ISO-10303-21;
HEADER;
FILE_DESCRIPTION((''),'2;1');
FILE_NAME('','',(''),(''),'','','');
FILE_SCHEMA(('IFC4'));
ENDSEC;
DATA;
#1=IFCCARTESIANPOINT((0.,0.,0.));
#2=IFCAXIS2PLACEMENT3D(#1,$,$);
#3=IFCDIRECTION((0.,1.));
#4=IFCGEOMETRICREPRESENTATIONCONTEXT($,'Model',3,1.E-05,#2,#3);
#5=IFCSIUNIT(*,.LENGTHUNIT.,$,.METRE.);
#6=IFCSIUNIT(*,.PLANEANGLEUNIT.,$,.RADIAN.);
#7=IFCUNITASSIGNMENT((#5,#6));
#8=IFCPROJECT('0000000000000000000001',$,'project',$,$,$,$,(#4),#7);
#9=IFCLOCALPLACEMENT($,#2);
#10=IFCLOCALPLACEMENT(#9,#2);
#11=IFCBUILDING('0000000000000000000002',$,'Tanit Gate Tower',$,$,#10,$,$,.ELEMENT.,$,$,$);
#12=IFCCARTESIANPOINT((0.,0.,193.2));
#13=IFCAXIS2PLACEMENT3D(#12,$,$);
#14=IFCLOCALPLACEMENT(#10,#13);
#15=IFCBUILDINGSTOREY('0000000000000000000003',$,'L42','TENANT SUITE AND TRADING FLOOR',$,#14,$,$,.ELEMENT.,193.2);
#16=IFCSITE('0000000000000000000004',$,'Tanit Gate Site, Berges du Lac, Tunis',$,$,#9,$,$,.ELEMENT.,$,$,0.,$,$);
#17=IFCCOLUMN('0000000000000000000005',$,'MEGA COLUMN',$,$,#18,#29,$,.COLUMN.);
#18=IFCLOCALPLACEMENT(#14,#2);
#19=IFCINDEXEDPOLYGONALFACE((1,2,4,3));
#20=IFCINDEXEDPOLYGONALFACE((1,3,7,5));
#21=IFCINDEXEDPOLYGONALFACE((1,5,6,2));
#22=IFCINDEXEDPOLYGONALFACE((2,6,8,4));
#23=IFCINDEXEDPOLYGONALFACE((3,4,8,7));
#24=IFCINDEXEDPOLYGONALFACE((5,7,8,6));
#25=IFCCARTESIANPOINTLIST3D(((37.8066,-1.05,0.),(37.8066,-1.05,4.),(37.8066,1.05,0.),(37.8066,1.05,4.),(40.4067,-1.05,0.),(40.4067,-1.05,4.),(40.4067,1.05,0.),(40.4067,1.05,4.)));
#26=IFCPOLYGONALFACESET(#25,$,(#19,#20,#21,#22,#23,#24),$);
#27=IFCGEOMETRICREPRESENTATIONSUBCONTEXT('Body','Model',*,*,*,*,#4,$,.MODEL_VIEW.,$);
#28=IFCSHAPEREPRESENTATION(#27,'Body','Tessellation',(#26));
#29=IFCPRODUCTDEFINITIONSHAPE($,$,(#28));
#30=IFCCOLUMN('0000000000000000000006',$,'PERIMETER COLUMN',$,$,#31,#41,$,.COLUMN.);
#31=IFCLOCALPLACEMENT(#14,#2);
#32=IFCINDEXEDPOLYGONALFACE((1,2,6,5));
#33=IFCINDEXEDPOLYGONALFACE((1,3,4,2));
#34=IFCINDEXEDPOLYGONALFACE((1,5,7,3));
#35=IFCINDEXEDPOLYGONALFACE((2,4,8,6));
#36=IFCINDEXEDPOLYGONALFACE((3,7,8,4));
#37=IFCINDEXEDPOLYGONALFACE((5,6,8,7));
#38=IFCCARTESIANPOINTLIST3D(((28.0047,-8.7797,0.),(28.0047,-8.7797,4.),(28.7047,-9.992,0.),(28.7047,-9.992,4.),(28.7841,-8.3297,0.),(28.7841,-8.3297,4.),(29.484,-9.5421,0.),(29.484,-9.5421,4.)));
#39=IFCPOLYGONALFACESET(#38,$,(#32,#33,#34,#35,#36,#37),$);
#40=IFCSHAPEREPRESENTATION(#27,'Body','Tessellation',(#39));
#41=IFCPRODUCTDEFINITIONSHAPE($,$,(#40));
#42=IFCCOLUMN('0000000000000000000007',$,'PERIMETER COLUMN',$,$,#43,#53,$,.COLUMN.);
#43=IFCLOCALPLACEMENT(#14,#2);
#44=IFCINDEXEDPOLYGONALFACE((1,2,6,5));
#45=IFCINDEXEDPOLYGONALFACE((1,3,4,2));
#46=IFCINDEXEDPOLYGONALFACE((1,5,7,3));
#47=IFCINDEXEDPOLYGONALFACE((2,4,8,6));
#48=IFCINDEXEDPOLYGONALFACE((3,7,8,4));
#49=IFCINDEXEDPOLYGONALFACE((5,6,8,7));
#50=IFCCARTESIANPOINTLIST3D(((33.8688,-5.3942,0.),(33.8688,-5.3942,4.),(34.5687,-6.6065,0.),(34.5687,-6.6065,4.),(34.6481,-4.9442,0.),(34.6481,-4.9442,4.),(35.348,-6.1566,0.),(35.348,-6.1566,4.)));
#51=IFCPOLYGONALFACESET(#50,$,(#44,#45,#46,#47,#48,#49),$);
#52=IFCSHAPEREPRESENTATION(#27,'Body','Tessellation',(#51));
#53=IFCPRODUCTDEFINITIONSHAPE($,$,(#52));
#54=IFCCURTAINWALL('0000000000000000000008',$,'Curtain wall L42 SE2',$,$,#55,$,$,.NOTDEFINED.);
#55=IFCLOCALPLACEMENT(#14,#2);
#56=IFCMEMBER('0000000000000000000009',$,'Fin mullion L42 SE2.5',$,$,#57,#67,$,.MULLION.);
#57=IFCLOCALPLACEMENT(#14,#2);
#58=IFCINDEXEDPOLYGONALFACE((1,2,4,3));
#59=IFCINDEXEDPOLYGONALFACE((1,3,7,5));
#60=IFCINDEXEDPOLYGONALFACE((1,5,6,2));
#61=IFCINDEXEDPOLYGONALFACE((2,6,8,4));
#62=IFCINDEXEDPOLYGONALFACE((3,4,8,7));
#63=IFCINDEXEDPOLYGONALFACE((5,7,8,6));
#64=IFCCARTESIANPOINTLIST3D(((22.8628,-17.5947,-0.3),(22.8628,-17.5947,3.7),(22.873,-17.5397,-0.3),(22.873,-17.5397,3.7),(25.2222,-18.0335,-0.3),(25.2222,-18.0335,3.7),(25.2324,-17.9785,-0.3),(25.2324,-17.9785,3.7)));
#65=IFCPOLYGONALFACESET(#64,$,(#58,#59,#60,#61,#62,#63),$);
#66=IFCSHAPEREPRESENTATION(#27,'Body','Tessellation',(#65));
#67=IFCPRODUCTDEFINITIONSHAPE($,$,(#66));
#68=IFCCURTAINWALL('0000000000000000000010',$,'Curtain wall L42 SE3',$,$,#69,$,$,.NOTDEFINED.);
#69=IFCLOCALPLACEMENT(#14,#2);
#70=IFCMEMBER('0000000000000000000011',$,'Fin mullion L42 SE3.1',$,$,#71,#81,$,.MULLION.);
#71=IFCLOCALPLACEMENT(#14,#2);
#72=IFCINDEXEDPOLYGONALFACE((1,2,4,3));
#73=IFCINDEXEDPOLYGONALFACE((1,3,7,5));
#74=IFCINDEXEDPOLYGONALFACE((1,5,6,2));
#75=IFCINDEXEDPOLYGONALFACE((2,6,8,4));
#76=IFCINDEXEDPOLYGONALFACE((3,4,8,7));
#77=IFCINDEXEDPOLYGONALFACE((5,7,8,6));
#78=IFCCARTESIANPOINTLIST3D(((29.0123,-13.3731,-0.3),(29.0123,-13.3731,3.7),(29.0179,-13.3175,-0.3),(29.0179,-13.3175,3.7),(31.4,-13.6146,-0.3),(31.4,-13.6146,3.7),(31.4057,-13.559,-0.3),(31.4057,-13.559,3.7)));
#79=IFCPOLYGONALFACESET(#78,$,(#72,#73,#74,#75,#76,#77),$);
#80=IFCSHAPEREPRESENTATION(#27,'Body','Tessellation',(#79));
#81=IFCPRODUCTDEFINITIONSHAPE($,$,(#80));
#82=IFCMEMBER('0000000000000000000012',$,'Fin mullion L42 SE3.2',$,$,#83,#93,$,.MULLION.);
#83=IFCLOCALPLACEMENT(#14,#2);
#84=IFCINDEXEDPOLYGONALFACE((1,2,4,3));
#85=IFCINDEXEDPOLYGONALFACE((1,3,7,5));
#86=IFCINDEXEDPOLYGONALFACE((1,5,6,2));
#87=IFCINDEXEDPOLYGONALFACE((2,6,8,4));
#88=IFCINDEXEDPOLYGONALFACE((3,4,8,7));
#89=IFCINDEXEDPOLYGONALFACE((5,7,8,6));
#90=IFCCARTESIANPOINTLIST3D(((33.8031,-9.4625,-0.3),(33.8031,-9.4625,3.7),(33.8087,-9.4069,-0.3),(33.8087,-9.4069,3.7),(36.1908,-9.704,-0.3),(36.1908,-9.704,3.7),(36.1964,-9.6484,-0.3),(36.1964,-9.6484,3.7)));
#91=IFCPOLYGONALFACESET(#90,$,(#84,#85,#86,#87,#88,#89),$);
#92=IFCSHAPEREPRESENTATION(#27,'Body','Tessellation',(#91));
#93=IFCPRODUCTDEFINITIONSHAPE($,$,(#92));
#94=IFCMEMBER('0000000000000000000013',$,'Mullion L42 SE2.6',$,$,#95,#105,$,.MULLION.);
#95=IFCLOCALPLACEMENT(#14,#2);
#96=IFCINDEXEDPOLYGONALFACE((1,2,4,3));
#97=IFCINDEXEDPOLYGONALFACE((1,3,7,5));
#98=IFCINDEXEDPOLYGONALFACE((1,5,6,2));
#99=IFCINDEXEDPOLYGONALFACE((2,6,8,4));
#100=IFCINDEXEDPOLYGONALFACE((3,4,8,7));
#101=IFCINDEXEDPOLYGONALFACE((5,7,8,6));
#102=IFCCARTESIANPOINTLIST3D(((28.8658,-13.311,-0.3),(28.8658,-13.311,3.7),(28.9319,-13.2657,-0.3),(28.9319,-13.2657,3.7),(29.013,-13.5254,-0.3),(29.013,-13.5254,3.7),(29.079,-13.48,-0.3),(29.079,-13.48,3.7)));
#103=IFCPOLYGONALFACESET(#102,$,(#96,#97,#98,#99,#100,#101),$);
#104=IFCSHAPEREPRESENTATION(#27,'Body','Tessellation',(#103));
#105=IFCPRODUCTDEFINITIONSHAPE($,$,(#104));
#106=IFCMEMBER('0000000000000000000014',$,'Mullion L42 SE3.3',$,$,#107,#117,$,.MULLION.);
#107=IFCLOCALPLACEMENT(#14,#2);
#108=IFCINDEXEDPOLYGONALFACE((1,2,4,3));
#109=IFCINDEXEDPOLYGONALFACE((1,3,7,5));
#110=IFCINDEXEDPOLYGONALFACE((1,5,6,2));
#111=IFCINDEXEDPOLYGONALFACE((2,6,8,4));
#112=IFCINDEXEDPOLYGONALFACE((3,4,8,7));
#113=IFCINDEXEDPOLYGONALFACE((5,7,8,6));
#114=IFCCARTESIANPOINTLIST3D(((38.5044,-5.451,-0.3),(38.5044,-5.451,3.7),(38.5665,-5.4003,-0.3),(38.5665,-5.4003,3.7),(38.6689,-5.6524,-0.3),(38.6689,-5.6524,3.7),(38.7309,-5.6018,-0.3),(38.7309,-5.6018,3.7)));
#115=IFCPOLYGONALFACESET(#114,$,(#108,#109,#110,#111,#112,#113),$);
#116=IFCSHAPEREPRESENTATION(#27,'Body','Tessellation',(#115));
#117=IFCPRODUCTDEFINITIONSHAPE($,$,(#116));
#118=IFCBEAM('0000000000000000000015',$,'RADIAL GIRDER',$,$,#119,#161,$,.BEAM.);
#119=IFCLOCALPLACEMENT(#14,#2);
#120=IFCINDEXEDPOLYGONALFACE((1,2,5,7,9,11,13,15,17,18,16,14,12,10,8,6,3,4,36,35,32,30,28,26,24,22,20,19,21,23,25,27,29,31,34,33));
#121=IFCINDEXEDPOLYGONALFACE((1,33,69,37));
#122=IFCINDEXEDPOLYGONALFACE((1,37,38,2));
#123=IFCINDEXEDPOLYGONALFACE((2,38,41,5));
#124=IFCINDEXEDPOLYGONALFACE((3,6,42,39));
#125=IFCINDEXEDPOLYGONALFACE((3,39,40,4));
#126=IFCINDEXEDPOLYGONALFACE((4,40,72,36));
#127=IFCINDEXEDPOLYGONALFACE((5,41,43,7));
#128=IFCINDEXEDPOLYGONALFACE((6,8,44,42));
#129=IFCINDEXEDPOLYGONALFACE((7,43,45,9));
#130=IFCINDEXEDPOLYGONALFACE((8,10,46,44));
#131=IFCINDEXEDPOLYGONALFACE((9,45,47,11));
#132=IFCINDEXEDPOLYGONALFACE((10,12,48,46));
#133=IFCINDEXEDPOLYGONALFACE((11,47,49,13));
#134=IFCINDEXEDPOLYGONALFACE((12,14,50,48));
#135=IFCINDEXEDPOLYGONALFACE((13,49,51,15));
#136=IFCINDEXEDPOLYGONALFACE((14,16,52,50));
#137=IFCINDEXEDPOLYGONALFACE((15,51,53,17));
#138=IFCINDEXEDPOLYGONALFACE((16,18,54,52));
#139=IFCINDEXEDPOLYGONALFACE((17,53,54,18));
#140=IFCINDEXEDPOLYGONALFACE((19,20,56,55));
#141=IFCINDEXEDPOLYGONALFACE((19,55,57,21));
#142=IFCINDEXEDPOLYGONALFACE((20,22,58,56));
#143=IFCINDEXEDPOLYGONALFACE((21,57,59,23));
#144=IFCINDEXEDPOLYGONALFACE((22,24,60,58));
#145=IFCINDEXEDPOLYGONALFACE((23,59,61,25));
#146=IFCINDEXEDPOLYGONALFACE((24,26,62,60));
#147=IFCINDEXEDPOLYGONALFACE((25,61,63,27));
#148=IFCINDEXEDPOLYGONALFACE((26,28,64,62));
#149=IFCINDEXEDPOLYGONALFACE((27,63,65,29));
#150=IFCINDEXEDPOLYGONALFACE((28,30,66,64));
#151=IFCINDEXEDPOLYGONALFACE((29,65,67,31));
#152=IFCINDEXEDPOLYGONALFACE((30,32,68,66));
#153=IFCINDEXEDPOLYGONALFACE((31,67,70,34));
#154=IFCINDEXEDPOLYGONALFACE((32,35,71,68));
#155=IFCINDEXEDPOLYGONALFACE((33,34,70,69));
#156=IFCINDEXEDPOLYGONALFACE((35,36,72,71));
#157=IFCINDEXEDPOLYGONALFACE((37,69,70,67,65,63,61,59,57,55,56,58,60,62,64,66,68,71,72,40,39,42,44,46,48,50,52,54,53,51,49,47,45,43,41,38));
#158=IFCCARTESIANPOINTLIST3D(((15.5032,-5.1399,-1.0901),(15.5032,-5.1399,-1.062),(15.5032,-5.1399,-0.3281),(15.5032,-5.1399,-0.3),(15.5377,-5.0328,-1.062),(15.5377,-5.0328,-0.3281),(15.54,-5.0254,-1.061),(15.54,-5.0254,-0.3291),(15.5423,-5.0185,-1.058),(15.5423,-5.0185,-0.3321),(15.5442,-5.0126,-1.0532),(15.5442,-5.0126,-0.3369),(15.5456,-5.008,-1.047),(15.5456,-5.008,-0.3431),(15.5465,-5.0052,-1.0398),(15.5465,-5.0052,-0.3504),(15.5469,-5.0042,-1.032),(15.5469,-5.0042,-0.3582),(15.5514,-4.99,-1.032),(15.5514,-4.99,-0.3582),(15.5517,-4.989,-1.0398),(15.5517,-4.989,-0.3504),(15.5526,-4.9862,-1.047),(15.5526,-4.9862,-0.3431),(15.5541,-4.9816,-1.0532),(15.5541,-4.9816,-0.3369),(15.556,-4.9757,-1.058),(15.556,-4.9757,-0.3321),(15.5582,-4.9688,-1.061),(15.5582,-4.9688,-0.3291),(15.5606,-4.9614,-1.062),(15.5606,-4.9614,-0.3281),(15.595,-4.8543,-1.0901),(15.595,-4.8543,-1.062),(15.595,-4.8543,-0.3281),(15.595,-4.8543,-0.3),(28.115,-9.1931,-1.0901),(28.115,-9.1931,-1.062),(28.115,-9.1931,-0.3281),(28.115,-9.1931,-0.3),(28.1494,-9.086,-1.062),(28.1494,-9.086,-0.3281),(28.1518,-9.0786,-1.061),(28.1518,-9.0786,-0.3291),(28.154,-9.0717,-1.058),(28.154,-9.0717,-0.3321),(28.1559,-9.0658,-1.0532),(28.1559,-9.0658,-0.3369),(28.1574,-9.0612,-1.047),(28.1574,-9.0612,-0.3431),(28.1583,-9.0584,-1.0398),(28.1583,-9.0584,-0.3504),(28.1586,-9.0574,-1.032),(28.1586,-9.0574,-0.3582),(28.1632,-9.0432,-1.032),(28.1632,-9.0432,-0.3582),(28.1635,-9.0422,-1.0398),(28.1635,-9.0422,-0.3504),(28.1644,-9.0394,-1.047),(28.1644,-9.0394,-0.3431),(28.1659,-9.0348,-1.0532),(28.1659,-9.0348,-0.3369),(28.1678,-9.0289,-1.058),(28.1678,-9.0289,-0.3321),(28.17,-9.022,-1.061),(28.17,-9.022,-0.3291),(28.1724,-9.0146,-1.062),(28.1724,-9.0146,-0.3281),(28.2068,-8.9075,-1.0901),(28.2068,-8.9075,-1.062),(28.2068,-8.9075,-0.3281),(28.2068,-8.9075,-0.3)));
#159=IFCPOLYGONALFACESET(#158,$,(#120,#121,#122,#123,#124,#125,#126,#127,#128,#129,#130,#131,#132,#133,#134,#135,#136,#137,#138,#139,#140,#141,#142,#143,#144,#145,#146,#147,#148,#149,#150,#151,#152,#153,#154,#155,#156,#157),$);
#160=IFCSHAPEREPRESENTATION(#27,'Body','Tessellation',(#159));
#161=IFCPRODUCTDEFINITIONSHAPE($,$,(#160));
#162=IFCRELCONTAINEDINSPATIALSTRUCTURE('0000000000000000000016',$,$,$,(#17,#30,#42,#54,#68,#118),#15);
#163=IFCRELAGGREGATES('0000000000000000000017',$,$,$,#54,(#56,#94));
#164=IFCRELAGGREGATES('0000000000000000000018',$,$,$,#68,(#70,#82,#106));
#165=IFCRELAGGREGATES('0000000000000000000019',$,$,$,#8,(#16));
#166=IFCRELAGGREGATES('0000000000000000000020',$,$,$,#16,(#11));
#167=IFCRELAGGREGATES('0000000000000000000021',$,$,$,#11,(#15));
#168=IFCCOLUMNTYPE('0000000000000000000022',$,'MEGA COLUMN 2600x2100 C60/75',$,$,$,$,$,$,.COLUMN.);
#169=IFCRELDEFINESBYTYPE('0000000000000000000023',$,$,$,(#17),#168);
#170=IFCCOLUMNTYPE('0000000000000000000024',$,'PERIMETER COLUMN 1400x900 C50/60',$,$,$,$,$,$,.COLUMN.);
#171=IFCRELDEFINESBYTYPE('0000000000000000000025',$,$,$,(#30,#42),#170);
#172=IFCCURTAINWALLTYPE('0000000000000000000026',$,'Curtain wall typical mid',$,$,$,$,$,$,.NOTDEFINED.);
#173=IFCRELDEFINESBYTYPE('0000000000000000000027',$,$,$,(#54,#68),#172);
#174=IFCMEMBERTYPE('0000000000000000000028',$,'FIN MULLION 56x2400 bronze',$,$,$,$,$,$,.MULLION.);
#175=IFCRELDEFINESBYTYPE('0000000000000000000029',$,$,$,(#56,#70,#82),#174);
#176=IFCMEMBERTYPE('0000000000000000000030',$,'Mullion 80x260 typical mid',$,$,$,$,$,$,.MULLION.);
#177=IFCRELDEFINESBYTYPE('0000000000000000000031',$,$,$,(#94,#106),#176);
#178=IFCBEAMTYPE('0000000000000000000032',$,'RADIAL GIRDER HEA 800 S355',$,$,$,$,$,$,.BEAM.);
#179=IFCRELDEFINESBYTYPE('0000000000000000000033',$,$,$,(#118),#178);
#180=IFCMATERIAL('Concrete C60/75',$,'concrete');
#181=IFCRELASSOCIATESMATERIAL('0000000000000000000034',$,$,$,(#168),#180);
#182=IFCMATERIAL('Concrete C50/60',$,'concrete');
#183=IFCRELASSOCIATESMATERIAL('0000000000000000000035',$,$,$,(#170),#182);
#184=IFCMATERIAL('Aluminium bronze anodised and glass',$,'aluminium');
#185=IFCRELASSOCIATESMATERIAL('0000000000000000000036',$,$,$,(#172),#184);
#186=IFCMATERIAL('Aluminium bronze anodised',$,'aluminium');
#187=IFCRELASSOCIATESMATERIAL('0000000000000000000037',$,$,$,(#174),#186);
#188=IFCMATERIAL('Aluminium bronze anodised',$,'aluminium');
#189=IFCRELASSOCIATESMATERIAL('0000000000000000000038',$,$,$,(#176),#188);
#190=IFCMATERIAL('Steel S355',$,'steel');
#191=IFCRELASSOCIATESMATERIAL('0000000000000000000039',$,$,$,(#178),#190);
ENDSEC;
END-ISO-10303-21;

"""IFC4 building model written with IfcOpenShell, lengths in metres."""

from ifc_helpers import new_model, si_unit, direction, frame, origin, origin_2d, place, context, subcontext, project, spatial, rectangle, i_section, extrude, material, material_profile, profile_set, type_object, element, aggregate, save


model = new_model("IFC4")

# Units and contexts
model_context = context("Model", 3, precision=1e-05, world=origin(), true_north=direction((0.0, 1.0)))
body_context = subcontext(model_context, "Body", "Model", "MODEL_VIEW")
ifc_project = project(units=[si_unit("LENGTHUNIT", "METRE"), si_unit("PLANEANGLEUNIT", "RADIAN")], contexts=[model_context])

# Site, building, storey
site_placement = place(None, origin())
site = spatial("IfcSite", under=ifc_project, at=site_placement, Name="Tanit Gate Site, Berges du Lac, Tunis", CompositionType="ELEMENT", RefElevation=0.0)
building_placement = place(site_placement, origin())
building = spatial("IfcBuilding", under=site, at=building_placement, Name="Tanit Gate Tower", CompositionType="ELEMENT")
storey_placement = place(building_placement, frame((0.0, 0.0, 193.2)))
storey = spatial("IfcBuildingStorey", under=building, at=storey_placement, Name="L42", Description="TENANT SUITE AND TRADING FLOOR", CompositionType="ELEMENT", Elevation=193.2)

# Columns
ifc_material_1 = material(Name="Concrete C60/75", Category="concrete")
ifc_material_profile_1 = material_profile(ifc_material_1, rectangle(XDim=2.6001, YDim=2.1001, at=origin_2d()), Name="RC 2600x2100")
ifc_profile_set_1 = profile_set([ifc_material_profile_1], Name="Concrete C60/75")
column_type_1 = type_object("IfcColumnType", Name="MEGA COLUMN 2600x2100 C60/75", PredefinedType="COLUMN", material=ifc_profile_set_1)
column_placement = place(storey_placement, frame((39.1067, 0.0, 0.0), z_axis=(0.0, 0.0, 1.0), x_axis=(1.0, 0.0, 0.0)))
element("IfcColumn", 1, at=column_placement, inside=storey, type_object=column_type_1, Name="MEGA COLUMN", PredefinedType="COLUMN", context=body_context, shape_type="SweptSolid", body=[
    extrude(rectangle(XDim=2.6001, YDim=2.1001, at=origin_2d()), origin(), (0.0, 0.0, 1.0), 4.0),
])
ifc_material_2 = material(Name="Concrete C50/60", Category="concrete")
ifc_material_profile_2 = material_profile(ifc_material_2, rectangle(XDim=1.3999, YDim=0.8999, at=origin_2d()), Name="RC 1400x900")
ifc_profile_set_2 = profile_set([ifc_material_profile_2], Name="Concrete C50/60")
column_type_2 = type_object("IfcColumnType", Name="PERIMETER COLUMN 1400x900 C50/60", PredefinedType="COLUMN", material=ifc_profile_set_2)
for number, where, z_axis, x_axis, name in (
    (2, (28.7444, -9.1609, 0.0), (0.0, 0.0, 1.0), (0.5, -0.866025, 0.0), "PERIMETER COLUMN"),
    (3, (34.6084, -5.7754, 0.0), (0.0, 0.0, 1.0), (0.5, -0.866025, 0.0), "PERIMETER COLUMN"),
):
    element("IfcColumn", number, at=place(storey_placement, frame(where, z_axis=z_axis, x_axis=x_axis)), inside=storey, type_object=column_type_2, Name=name, PredefinedType="COLUMN", context=body_context, shape_type="SweptSolid", body=[
        extrude(rectangle(XDim=1.3999, YDim=0.8999, at=origin_2d()), origin(), (0.0, 0.0, 1.0), 4.0),
    ])

# Curtain wall, member
ifc_material_3 = material(Name="Aluminium bronze anodised and glass", Category="aluminium")
curtain_wall_type = type_object("IfcCurtainWallType", Name="Curtain wall typical mid", PredefinedType="NOTDEFINED", material=ifc_material_3)
curtain_wall_1_placement = place(storey_placement, origin())
curtain_wall_1 = element("IfcCurtainWall", 4, at=curtain_wall_1_placement, inside=storey, type_object=curtain_wall_type, Name="Curtain wall L42 SE2", PredefinedType="NOTDEFINED")
ifc_material_4 = material(Name="Aluminium bronze anodised", Category="aluminium")
ifc_material_profile_3 = material_profile(ifc_material_4, rectangle(XDim=2.3999, YDim=0.0559, at=origin_2d()), Name="56x2400 bronze fin mullion")
ifc_profile_set_3 = profile_set([ifc_material_profile_3], Name="Aluminium bronze anodised")
member_type_1 = type_object("IfcMemberType", Name="FIN MULLION 56x2400 bronze", PredefinedType="MULLION", material=ifc_profile_set_3)
member_1_placement = place(storey_placement, frame((24.0476, -17.7866, -0.3), z_axis=(0.0, 0.0, 1.0), x_axis=(-0.983141, 0.182847, 0.0)))
member_1 = element("IfcMember", 5, at=member_1_placement, type_object=member_type_1, Name="Fin mullion L42 SE2.5", PredefinedType="MULLION", context=body_context, shape_type="SweptSolid", body=[
    extrude(rectangle(XDim=2.3999, YDim=0.0559, at=origin_2d()), origin(), (0.0, 0.0, 1.0), 4.0),
])

# Curtain wall, members
curtain_wall_2_placement = place(storey_placement, origin())
curtain_wall_2 = element("IfcCurtainWall", 6, at=curtain_wall_2_placement, inside=storey, type_object=curtain_wall_type, Name="Curtain wall L42 SE3", PredefinedType="NOTDEFINED")
member_2_placement = place(storey_placement, frame((30.209, -13.4661, -0.3), z_axis=(0.0, 0.0, 1.0), x_axis=(-0.994923, 0.100634, 0.0)))
member_2 = element("IfcMember", 7, at=member_2_placement, type_object=member_type_1, Name="Fin mullion L42 SE3.1", PredefinedType="MULLION", context=body_context, shape_type="SweptSolid", body=[
    extrude(rectangle(XDim=2.3999, YDim=0.0559, at=origin_2d()), origin(), (0.0, 0.0, 1.0), 4.0),
])
member_3_placement = place(storey_placement, frame((34.9998, -9.5554, -0.3), z_axis=(0.0, 0.0, 1.0), x_axis=(-0.994923, 0.100634, 0.0)))
member_3 = element("IfcMember", 8, at=member_3_placement, type_object=member_type_1, Name="Fin mullion L42 SE3.2", PredefinedType="MULLION", context=body_context, shape_type="SweptSolid", body=[
    extrude(rectangle(XDim=2.3999, YDim=0.0559, at=origin_2d()), origin(), (0.0, 0.0, 1.0), 4.0),
])

# Members
ifc_material_5 = material(Name="Aluminium bronze anodised", Category="aluminium")
ifc_material_profile_4 = material_profile(ifc_material_5, rectangle(XDim=0.26, YDim=0.0801, at=origin_2d()), Name="80x260 bronze mullion")
ifc_profile_set_4 = profile_set([ifc_material_profile_4], Name="Aluminium bronze anodised")
member_type_2 = type_object("IfcMemberType", Name="Mullion 80x260 typical mid", PredefinedType="MULLION", material=ifc_profile_set_4)
member_4_placement = place(storey_placement, frame((28.9724, -13.3955, -0.3), z_axis=(0.0, 0.0, 1.0), x_axis=(-0.565893, 0.824479, 0.0)))
member_4 = element("IfcMember", 9, at=member_4_placement, type_object=member_type_2, Name="Mullion L42 SE2.6", PredefinedType="MULLION", context=body_context, shape_type="SweptSolid", body=[
    extrude(rectangle(XDim=0.26, YDim=0.0801, at=origin_2d()), origin(), (0.0, 0.0, 1.0), 4.0),
])
member_5_placement = place(storey_placement, frame((38.6177, -5.5264, -0.3), z_axis=(0.0, 0.0, 1.0), x_axis=(-0.632358, 0.774676, 0.0)))
member_5 = element("IfcMember", 10, at=member_5_placement, type_object=member_type_2, Name="Mullion L42 SE3.3", PredefinedType="MULLION", context=body_context, shape_type="SweptSolid", body=[
    extrude(rectangle(XDim=0.26, YDim=0.0801, at=origin_2d()), origin(), (0.0, 0.0, 1.0), 4.0),
])

# Beam
ifc_material_6 = material(Name="Steel S355", Category="steel")
ifc_material_profile_5 = material_profile(ifc_material_6, i_section(OverallWidth=0.3, OverallDepth=0.79, WebThickness=0.0149, FlangeThickness=0.0281, FilletRadius=0.03, at=origin_2d()), Name="HEA 800")
ifc_profile_set_5 = profile_set([ifc_material_profile_5], Name="Steel S355")
beam_type_1 = type_object("IfcBeamType", Name="RADIAL GIRDER HEA 800 S355", PredefinedType="BEAM", material=ifc_profile_set_5)
beam_1_placement = place(storey_placement, frame((28.1609, -9.0503, -0.6951), z_axis=(-0.952041, 0.30597, 0.0), x_axis=(-0.30597, -0.952041, 0.0)))
element("IfcBeam", 11, at=beam_1_placement, inside=storey, type_object=beam_type_1, Name="RADIAL GIRDER", PredefinedType="BEAM", context=body_context, shape_type="SweptSolid", body=[
    extrude(i_section(OverallWidth=0.3, OverallDepth=0.79, WebThickness=0.0149, FlangeThickness=0.0281, FilletRadius=0.03, at=origin_2d()), origin(), (0.0, 0.0, 1.0), 13.2471),
])

aggregate(curtain_wall_1, [member_1, member_4])
aggregate(curtain_wall_2, [member_2, member_3, member_5])

save(model, "model.ifc")
